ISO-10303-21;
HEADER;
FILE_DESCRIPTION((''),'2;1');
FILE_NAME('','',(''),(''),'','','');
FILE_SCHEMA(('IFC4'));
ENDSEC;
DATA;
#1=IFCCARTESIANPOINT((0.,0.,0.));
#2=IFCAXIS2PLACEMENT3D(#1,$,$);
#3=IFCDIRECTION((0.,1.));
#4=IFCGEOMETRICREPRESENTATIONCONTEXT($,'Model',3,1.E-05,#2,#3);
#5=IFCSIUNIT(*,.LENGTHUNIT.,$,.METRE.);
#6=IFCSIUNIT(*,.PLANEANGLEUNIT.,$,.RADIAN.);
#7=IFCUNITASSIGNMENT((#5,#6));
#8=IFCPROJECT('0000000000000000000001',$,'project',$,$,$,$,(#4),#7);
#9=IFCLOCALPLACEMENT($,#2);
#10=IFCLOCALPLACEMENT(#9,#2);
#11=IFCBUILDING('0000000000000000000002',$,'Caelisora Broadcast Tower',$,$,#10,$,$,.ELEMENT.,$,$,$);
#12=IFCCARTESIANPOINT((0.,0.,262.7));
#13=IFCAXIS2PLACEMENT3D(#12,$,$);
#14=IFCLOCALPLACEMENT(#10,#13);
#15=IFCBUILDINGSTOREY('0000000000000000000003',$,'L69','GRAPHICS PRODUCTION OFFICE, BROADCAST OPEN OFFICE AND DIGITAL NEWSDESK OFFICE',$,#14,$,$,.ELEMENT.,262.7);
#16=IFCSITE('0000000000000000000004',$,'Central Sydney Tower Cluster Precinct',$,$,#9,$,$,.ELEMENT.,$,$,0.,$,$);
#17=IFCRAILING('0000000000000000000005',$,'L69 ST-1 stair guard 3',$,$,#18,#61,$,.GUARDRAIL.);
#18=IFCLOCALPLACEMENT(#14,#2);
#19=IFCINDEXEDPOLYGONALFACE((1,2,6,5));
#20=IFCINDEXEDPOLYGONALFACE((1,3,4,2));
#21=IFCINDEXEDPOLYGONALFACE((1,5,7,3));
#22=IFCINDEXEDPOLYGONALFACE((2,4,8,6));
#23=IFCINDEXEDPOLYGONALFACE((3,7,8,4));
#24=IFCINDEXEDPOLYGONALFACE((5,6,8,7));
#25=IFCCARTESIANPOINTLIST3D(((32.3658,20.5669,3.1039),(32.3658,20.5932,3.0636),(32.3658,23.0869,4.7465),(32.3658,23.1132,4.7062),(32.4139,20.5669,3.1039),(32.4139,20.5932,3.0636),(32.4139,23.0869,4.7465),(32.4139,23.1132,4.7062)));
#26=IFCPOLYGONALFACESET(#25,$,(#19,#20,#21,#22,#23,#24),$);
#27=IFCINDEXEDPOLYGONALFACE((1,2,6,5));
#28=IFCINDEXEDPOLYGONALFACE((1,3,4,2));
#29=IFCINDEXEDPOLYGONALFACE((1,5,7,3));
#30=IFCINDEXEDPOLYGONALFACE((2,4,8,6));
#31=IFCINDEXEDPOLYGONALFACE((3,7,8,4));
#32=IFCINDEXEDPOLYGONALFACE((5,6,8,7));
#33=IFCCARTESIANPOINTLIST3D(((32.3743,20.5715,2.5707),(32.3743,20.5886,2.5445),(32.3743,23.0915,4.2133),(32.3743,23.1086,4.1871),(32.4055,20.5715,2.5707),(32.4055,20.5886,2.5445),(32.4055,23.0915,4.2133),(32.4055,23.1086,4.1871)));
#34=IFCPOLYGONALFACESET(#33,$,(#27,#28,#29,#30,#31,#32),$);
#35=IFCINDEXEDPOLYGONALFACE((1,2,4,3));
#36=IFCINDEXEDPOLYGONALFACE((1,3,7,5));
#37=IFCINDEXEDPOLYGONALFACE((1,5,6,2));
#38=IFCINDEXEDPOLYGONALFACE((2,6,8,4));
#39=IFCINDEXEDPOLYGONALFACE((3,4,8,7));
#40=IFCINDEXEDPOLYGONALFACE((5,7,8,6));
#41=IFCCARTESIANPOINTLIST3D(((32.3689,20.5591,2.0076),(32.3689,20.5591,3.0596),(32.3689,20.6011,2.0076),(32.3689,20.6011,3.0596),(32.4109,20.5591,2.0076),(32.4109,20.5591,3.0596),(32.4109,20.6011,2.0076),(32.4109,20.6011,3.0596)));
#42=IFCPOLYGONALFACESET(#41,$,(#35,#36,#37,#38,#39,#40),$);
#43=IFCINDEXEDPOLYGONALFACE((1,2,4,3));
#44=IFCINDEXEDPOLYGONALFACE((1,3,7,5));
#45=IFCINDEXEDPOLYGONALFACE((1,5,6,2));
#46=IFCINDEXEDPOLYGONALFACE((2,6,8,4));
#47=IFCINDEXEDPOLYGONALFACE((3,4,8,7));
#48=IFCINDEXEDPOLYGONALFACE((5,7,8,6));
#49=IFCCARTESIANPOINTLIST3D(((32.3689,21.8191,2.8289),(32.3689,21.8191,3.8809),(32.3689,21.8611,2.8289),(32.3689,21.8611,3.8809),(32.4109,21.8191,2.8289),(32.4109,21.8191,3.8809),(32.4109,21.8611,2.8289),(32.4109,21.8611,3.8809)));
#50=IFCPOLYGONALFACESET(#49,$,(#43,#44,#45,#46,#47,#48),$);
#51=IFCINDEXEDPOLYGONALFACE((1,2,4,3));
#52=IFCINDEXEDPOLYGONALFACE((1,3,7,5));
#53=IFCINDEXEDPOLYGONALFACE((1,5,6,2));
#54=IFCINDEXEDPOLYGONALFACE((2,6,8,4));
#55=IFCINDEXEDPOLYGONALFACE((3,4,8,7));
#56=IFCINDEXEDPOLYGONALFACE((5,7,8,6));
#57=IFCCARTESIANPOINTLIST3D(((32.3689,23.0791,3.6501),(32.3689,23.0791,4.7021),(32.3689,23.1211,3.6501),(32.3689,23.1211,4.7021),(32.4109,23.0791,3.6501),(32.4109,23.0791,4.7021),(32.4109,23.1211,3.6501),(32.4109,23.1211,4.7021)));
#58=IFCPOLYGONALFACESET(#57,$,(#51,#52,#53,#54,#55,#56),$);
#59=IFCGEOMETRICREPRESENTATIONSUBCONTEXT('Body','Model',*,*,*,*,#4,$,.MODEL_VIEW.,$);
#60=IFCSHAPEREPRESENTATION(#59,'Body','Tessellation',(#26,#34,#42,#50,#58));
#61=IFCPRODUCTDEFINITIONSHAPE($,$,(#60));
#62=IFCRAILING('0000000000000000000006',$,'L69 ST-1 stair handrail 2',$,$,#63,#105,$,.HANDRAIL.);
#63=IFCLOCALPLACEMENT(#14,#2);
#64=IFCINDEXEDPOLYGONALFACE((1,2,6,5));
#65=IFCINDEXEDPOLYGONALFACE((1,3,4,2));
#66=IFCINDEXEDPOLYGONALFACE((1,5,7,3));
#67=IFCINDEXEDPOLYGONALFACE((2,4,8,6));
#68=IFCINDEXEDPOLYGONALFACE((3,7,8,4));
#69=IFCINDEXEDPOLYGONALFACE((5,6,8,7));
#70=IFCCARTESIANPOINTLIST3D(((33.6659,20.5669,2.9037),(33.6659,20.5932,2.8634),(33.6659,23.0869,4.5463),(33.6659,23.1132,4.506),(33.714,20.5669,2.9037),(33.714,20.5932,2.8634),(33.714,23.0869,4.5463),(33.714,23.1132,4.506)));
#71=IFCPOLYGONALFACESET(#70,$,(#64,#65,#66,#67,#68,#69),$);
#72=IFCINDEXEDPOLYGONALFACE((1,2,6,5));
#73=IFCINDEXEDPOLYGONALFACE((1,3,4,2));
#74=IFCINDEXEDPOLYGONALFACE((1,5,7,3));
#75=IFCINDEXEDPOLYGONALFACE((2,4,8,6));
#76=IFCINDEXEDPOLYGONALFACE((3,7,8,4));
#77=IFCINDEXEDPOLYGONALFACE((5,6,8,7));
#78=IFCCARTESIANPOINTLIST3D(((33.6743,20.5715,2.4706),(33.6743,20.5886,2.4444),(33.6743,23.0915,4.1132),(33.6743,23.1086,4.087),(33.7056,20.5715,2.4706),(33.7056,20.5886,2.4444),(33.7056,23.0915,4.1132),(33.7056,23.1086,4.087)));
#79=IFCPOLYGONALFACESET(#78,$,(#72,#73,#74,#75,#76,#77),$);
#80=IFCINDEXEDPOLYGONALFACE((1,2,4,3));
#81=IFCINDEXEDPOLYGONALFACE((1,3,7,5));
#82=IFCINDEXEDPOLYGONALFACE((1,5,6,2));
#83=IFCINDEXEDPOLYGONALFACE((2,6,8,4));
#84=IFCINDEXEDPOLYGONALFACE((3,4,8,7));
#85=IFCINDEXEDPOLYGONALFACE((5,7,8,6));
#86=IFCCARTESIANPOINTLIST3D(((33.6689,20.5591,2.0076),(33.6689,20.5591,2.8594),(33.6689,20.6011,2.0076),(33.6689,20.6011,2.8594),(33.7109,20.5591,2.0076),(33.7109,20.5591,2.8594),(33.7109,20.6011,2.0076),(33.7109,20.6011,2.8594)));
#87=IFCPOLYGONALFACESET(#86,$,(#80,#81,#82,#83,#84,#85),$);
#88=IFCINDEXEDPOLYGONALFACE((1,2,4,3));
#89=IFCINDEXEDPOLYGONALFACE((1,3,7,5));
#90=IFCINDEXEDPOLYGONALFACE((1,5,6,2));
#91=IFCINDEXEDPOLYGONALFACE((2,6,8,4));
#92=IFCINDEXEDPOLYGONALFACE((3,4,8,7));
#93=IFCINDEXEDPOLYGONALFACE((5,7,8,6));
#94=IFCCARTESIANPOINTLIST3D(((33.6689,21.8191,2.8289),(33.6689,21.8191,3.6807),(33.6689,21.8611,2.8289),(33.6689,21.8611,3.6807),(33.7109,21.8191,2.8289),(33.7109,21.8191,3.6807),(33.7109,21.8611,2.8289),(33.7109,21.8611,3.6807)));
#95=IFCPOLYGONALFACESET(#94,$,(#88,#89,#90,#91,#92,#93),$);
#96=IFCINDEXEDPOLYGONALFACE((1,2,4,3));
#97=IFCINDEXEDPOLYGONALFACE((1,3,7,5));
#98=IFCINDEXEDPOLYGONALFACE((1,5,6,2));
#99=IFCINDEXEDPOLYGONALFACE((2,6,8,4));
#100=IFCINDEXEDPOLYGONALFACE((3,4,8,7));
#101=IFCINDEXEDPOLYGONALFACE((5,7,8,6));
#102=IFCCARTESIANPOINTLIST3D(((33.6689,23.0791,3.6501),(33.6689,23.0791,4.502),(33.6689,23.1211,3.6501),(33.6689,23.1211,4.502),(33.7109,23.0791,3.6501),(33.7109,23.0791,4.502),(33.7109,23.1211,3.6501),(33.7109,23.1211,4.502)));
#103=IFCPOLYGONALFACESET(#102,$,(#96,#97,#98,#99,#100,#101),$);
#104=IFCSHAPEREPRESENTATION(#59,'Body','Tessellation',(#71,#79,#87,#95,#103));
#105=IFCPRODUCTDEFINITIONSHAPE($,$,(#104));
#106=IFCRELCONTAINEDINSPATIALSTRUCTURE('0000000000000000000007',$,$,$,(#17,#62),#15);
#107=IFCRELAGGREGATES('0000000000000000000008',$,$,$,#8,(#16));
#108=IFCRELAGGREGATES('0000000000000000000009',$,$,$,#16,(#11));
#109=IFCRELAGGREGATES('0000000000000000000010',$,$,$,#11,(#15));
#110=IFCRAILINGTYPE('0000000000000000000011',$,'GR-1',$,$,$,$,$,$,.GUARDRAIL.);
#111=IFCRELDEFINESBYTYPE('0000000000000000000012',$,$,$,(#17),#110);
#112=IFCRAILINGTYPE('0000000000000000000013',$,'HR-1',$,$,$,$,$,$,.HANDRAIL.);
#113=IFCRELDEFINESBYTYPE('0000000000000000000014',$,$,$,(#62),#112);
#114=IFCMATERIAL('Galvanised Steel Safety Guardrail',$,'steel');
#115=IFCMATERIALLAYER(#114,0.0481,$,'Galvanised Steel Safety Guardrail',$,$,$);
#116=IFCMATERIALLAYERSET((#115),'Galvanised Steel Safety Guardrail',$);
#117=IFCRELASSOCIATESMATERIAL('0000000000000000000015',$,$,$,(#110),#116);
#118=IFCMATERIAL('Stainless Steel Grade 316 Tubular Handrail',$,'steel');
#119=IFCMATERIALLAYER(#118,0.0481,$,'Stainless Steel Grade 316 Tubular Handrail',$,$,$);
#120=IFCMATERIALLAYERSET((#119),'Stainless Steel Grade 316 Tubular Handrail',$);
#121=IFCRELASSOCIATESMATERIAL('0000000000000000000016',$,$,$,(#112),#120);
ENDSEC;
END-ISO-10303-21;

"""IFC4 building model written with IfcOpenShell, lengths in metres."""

from ifc_helpers import new_model, si_unit, direction, frame, origin, origin_2d, place, context, subcontext, project, spatial, rectangle, extrude, material, layer, layer_set, type_object, element, save


model = new_model("IFC4")

# Units and contexts
model_context = context("Model", 3, precision=1e-05, world=origin(), true_north=direction((0.0, 1.0)))
body_context = subcontext(model_context, "Body", "Model", "MODEL_VIEW")
ifc_project = project(units=[si_unit("LENGTHUNIT", "METRE"), si_unit("PLANEANGLEUNIT", "RADIAN")], contexts=[model_context])

# Site, building, storey
site_placement = place(None, origin())
site = spatial("IfcSite", under=ifc_project, at=site_placement, Name="Central Sydney Tower Cluster Precinct", CompositionType="ELEMENT", RefElevation=0.0)
building_placement = place(site_placement, origin())
building = spatial("IfcBuilding", under=site, at=building_placement, Name="Caelisora Broadcast Tower", CompositionType="ELEMENT")
storey_placement = place(building_placement, frame((0.0, 0.0, 262.7)))
storey = spatial("IfcBuildingStorey", under=building, at=storey_placement, Name="L69", Description="GRAPHICS PRODUCTION OFFICE, BROADCAST OPEN OFFICE AND DIGITAL NEWSDESK OFFICE", CompositionType="ELEMENT", Elevation=262.7)

# Railings
ifc_material_1 = material(Name="Galvanised Steel Safety Guardrail", Category="steel")
ifc_layer_1 = layer(ifc_material_1, 0.0481, Name="Galvanised Steel Safety Guardrail")
ifc_layer_set_1 = layer_set([ifc_layer_1], Name="Galvanised Steel Safety Guardrail")
railing_type_1 = type_object("IfcRailingType", Name="GR-1", PredefinedType="GUARDRAIL", material=ifc_layer_set_1)
railing_1_placement = place(storey_placement, frame((32.3899, 20.5801, 2.0076)))
element("IfcRailing", 1, at=railing_1_placement, inside=storey, type_object=railing_type_1, Name="L69 ST-1 stair guard 3", PredefinedType="GUARDRAIL", context=body_context, shape_type="SweptSolid", body=[
    extrude(rectangle(XDim=0.0481, YDim=0.0481, at=origin_2d()), frame((0.0, 0.0, 1.0762), z_axis=(0.0, 0.837749, 0.546055), x_axis=(-1.0, 0.0, 0.0)), (0.0, 0.0, 1.0), 3.0081),
    extrude(rectangle(XDim=0.0312, YDim=0.0312, at=origin_2d()), frame((0.0, 0.0, 0.55), z_axis=(0.0, 0.837749, 0.546055), x_axis=(-1.0, 0.0, 0.0)), (0.0, 0.0, 1.0), 3.0081),
    extrude(rectangle(XDim=0.042, YDim=0.042, at=origin_2d()), origin(), (0.0, 0.0, 1.0), 1.052),
    extrude(rectangle(XDim=0.042, YDim=0.042, at=origin_2d()), frame((0.0, 1.26, 0.8213)), (0.0, 0.0, 1.0), 1.052),
    extrude(rectangle(XDim=0.042, YDim=0.042, at=origin_2d()), frame((0.0, 2.52, 1.6426)), (0.0, 0.0, 1.0), 1.052),
])
ifc_material_2 = material(Name="Stainless Steel Grade 316 Tubular Handrail", Category="steel")
ifc_layer_2 = layer(ifc_material_2, 0.0481, Name="Stainless Steel Grade 316 Tubular Handrail")
ifc_layer_set_2 = layer_set([ifc_layer_2], Name="Stainless Steel Grade 316 Tubular Handrail")
railing_type_2 = type_object("IfcRailingType", Name="HR-1", PredefinedType="HANDRAIL", material=ifc_layer_set_2)
railing_2_placement = place(storey_placement, frame((33.6899, 20.5801, 2.0076)))
element("IfcRailing", 2, at=railing_2_placement, inside=storey, type_object=railing_type_2, Name="L69 ST-1 stair handrail 2", PredefinedType="HANDRAIL", context=body_context, shape_type="SweptSolid", body=[
    extrude(rectangle(XDim=0.0481, YDim=0.0481, at=origin_2d()), frame((0.0, 0.0, 0.876), z_axis=(0.0, 0.837749, 0.546055), x_axis=(-1.0, 0.0, 0.0)), (0.0, 0.0, 1.0), 3.0081),
    extrude(rectangle(XDim=0.0312, YDim=0.0312, at=origin_2d()), frame((0.0, 0.0, 0.45), z_axis=(0.0, 0.837749, 0.546055), x_axis=(-1.0, 0.0, 0.0)), (0.0, 0.0, 1.0), 3.0081),
    extrude(rectangle(XDim=0.042, YDim=0.042, at=origin_2d()), origin(), (0.0, 0.0, 1.0), 0.8518),
    extrude(rectangle(XDim=0.042, YDim=0.042, at=origin_2d()), frame((0.0, 1.26, 0.8213)), (0.0, 0.0, 1.0), 0.8518),
    extrude(rectangle(XDim=0.042, YDim=0.042, at=origin_2d()), frame((0.0, 2.52, 1.6426)), (0.0, 0.0, 1.0), 0.8518),
])

save(model, "model.ifc")
